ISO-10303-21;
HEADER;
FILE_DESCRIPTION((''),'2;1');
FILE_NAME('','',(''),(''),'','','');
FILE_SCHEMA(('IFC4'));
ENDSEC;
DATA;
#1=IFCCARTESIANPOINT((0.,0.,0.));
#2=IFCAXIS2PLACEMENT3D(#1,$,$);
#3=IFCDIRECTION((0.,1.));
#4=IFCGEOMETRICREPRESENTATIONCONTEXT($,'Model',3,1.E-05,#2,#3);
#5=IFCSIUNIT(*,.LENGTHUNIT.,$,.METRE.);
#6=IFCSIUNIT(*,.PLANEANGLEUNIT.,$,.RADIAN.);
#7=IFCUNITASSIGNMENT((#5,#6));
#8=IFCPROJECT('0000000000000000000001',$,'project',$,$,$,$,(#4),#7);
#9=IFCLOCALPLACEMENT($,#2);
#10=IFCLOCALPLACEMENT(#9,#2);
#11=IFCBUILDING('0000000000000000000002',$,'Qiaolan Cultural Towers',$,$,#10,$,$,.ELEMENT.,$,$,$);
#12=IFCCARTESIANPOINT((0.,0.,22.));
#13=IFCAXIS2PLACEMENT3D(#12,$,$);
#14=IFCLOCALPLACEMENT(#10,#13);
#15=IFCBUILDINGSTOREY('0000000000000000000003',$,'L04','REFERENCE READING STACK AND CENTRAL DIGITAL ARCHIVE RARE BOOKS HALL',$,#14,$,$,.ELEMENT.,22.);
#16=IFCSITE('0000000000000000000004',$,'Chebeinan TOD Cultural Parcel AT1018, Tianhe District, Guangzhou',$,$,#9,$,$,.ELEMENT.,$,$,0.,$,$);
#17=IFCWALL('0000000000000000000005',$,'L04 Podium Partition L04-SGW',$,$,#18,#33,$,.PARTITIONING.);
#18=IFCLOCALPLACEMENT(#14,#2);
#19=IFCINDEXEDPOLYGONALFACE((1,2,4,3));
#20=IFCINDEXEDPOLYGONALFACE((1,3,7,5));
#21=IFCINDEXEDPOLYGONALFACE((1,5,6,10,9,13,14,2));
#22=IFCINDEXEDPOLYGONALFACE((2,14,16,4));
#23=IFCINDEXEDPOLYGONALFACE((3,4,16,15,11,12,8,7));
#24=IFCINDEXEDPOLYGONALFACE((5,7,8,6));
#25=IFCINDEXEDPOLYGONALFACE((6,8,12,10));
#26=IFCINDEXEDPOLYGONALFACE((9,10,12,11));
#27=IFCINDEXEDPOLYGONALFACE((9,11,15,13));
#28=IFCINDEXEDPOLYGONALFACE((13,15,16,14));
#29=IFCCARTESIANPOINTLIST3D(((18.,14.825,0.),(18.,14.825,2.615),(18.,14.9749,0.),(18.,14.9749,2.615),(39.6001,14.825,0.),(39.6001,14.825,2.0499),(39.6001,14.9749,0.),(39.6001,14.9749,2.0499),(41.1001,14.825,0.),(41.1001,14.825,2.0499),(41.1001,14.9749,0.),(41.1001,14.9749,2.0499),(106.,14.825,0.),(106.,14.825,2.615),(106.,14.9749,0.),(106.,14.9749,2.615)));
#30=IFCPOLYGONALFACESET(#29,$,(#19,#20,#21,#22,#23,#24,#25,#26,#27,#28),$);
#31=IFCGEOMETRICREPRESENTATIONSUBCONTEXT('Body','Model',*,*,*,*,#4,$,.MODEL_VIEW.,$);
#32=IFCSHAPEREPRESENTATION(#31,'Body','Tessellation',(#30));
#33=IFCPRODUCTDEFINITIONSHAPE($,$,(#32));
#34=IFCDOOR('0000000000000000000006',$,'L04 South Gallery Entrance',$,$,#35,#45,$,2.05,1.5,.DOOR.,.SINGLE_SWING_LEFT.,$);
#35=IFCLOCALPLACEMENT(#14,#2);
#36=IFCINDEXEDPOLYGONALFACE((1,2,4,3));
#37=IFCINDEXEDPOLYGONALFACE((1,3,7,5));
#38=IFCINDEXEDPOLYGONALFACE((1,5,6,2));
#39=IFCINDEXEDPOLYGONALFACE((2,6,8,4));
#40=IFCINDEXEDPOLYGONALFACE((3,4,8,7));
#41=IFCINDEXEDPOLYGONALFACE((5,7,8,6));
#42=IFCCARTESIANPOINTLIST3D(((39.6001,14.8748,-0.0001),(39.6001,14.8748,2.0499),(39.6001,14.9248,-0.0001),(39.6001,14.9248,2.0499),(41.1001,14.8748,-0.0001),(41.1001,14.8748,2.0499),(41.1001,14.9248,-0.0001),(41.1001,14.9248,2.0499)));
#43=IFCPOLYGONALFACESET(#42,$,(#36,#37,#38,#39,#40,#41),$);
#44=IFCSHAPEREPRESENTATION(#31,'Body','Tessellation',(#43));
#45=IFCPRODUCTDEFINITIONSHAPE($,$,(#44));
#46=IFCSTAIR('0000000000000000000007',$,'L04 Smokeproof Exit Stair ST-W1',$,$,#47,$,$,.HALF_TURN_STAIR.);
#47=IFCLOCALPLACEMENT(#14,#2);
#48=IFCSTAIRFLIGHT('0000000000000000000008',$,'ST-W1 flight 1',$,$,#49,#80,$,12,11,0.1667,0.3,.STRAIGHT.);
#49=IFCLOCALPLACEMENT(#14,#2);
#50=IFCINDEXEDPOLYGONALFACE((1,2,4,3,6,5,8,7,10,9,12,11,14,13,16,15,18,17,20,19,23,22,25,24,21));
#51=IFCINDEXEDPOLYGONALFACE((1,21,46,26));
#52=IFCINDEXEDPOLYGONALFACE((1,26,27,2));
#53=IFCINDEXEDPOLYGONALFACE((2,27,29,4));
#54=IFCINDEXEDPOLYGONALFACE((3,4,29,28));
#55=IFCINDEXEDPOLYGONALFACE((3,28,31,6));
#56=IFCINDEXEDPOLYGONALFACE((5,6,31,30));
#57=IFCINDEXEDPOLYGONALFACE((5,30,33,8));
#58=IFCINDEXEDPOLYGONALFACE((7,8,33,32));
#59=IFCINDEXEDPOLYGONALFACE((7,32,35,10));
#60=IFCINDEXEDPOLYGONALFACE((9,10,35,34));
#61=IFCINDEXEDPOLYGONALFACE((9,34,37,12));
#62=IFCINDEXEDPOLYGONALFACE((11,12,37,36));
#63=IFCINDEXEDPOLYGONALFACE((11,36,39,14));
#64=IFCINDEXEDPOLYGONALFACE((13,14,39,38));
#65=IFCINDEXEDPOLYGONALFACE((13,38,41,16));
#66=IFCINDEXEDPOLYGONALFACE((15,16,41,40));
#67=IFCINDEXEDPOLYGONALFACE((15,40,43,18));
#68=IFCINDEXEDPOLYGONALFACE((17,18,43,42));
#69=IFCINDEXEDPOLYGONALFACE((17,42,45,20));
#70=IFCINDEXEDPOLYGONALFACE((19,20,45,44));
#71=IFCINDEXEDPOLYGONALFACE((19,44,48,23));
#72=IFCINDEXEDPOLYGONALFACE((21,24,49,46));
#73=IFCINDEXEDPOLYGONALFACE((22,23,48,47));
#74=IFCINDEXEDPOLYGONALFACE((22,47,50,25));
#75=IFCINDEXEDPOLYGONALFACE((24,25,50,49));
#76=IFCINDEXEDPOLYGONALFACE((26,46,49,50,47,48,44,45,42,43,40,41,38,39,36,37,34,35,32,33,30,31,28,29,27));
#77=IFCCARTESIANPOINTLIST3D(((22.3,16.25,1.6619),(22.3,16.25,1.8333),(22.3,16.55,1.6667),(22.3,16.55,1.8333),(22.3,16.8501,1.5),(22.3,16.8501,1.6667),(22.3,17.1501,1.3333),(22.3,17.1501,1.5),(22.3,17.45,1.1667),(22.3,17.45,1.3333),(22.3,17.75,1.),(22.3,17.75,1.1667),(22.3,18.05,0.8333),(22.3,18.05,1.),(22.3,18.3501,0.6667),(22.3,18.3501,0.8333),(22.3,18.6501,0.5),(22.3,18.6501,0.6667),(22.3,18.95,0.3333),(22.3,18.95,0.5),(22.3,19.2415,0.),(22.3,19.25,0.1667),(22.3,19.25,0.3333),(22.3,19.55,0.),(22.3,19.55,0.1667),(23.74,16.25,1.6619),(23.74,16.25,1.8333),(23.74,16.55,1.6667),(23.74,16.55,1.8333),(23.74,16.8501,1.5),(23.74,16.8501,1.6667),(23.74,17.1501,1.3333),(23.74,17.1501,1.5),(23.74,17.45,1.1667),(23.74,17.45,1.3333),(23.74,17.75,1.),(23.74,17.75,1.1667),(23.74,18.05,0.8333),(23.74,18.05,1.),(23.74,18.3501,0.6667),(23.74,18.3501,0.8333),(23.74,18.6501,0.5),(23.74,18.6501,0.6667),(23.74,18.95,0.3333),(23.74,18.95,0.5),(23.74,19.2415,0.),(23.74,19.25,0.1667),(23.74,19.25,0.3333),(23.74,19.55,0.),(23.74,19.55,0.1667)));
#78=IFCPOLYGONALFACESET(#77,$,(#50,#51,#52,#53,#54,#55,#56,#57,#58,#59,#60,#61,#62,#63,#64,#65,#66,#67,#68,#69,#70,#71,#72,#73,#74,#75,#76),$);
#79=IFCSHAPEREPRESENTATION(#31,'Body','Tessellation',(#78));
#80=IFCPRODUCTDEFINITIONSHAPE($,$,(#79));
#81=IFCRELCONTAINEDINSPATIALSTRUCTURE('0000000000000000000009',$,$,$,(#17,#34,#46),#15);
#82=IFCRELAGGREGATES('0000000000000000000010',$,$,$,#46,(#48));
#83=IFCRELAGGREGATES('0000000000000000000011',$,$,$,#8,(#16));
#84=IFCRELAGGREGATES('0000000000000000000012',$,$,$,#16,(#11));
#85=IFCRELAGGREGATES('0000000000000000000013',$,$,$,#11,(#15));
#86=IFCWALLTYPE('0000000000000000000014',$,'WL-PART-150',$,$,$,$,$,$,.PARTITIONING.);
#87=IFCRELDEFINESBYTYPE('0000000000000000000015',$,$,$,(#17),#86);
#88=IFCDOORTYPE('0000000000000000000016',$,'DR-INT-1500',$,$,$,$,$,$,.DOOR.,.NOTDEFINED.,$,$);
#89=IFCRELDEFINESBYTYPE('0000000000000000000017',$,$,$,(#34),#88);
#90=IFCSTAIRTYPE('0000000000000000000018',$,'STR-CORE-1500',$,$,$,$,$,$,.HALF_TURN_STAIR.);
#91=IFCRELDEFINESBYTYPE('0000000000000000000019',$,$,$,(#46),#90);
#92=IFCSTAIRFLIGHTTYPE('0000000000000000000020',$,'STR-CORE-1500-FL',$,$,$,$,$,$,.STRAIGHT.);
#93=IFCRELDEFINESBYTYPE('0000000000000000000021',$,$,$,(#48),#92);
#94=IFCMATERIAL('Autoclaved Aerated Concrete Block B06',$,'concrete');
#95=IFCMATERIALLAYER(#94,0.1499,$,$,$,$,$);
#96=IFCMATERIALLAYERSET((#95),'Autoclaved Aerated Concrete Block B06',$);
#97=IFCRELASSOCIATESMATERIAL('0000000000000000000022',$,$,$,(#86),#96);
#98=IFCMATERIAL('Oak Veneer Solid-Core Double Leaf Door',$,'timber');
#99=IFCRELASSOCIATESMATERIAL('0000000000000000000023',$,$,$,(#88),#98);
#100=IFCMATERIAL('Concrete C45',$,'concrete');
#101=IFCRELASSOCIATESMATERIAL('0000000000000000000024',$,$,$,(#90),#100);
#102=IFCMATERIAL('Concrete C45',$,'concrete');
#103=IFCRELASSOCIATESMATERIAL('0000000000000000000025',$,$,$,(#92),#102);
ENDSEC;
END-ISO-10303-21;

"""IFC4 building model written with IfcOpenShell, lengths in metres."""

from ifc_helpers import new_model, si_unit, direction, frame, frame_2d, origin, place, context, subcontext, project, spatial, polyline, rectangle, outline, extrude, material, layer, layer_set, type_object, element, fill, aggregate, save


model = new_model("IFC4")

# Units and contexts
model_context = context("Model", 3, precision=1e-05, world=origin(), true_north=direction((0.0, 1.0)))
body_context = subcontext(model_context, "Body", "Model", "MODEL_VIEW")
ifc_project = project(units=[si_unit("LENGTHUNIT", "METRE"), si_unit("PLANEANGLEUNIT", "RADIAN")], contexts=[model_context])

# Site, building, storey
site_placement = place(None, origin())
site = spatial("IfcSite", under=ifc_project, at=site_placement, Name="Chebeinan TOD Cultural Parcel AT1018, Tianhe District, Guangzhou", CompositionType="ELEMENT", RefElevation=0.0)
building_placement = place(site_placement, origin())
building = spatial("IfcBuilding", under=site, at=building_placement, Name="Qiaolan Cultural Towers", CompositionType="ELEMENT")
storey_placement = place(building_placement, frame((0.0, 0.0, 22.0)))
storey = spatial("IfcBuildingStorey", under=building, at=storey_placement, Name="L04", Description="REFERENCE READING STACK AND CENTRAL DIGITAL ARCHIVE RARE BOOKS HALL", CompositionType="ELEMENT", Elevation=22.0)

# Wall, opening, door
ifc_material_1 = material(Name="Autoclaved Aerated Concrete Block B06", Category="concrete")
ifc_layer_1 = layer(ifc_material_1, 0.1499)
ifc_layer_set_1 = layer_set([ifc_layer_1], Name="Autoclaved Aerated Concrete Block B06")
wall_type_1 = type_object("IfcWallType", Name="WL-PART-150", PredefinedType="PARTITIONING", material=ifc_layer_set_1)
wall_1_placement = place(storey_placement, frame((18.0, 14.8999, 0.0), z_axis=(0.0, 0.0, 1.0), x_axis=(1.0, 0.0, 0.0)))
wall_1 = element("IfcWall", 1, at=wall_1_placement, inside=storey, type_object=wall_type_1, Name="L04 Podium Partition L04-SGW", PredefinedType="PARTITIONING", context=body_context, shape_type="SweptSolid", body=[
    extrude(rectangle(XDim=88.0, YDim=0.1499, at=frame_2d((44.0, 0.0))), origin(), (0.0, 0.0, 1.0), 2.615),
])
opening_placement = place(wall_1_placement, frame((21.6001, 0.0, 0.0)))
opening = element("IfcOpeningElement", 2, at=opening_placement, cuts=wall_1, PredefinedType="OPENING", context=body_context, shape_type="SweptSolid", body=[
    extrude(rectangle(XDim=1.5, YDim=2.05, at=frame_2d((0.75, 1.0249))), frame((0.0, 0.085, 0.0), z_axis=(0.0, -1.0, 0.0), x_axis=(1.0, 0.0, 0.0)), (0.0, 0.0, 1.0), 0.1699),
])
ifc_material_2 = material(Name="Oak Veneer Solid-Core Double Leaf Door", Category="timber")
door_type = type_object("IfcDoorType", Name="DR-INT-1500", OperationType="NOTDEFINED", PredefinedType="DOOR", material=ifc_material_2)
door_placement = place(opening_placement, origin())
door = element("IfcDoor", 3, at=door_placement, inside=storey, type_object=door_type, Name="L04 South Gallery Entrance", OperationType="SINGLE_SWING_LEFT", OverallHeight=2.05, OverallWidth=1.5, PredefinedType="DOOR", context=body_context, shape_type="SweptSolid", body=[
    extrude(rectangle(XDim=1.5, YDim=2.05, at=frame_2d((0.75, 1.0249))), frame((0.0, 0.0249, 0.0), z_axis=(0.0, -1.0, 0.0), x_axis=(1.0, 0.0, 0.0)), (0.0, 0.0, 1.0), 0.05),
])
fill(opening, door)

# Stair, stair flight
ifc_material_3 = material(Name="Concrete C45", Category="concrete")
stair_type = type_object("IfcStairType", Name="STR-CORE-1500", PredefinedType="HALF_TURN_STAIR", material=ifc_material_3)
stair_placement = place(storey_placement, origin())
stair = element("IfcStair", 4, at=stair_placement, inside=storey, type_object=stair_type, Name="L04 Smokeproof Exit Stair ST-W1", PredefinedType="HALF_TURN_STAIR")
ifc_material_4 = material(Name="Concrete C45", Category="concrete")
stair_flight_type = type_object("IfcStairFlightType", Name="STR-CORE-1500-FL", PredefinedType="STRAIGHT", material=ifc_material_4)
stair_flight_placement = place(storey_placement, frame((23.02, 19.55, 0.0), z_axis=(0.0, 0.0, 1.0), x_axis=(0.0, -1.0, 0.0)))
stair_flight = element("IfcStairFlight", 5, at=stair_flight_placement, type_object=stair_flight_type, Name="ST-W1 flight 1", NumberOfRisers=12, NumberOfTreads=11, PredefinedType="STRAIGHT", RiserHeight=0.1667, TreadLength=0.3, context=body_context, shape_type="SweptSolid", body=[
    extrude(outline(polyline([(0.0, 0.0), (0.0, 0.1667), (0.3, 0.1667), (0.3, 0.3333), (0.6001, 0.3333), (0.6001, 0.5), (0.8999, 0.5), (0.8999, 0.6667), (1.2, 0.6667), (1.2, 0.8333), (1.5, 0.8333), (1.5, 1.0), (1.8, 1.0), (1.8, 1.1667), (2.1001, 1.1667), (2.1001, 1.3333), (2.3999, 1.3333), (2.3999, 1.5), (2.7, 1.5), (2.7, 1.6667), (3.0, 1.6667), (3.0, 1.8333), (3.3, 1.8333), (3.3, 2.0), (3.3, 1.6619), (0.3086, 0.0), (0.0, 0.0)])), frame((0.0, 0.72, 0.0), z_axis=(0.0, -1.0, 0.0), x_axis=(1.0, 0.0, 0.0)), (0.0, 0.0, 1.0), 1.4399),
])
aggregate(stair, [stair_flight])

save(model, "model.ifc")
